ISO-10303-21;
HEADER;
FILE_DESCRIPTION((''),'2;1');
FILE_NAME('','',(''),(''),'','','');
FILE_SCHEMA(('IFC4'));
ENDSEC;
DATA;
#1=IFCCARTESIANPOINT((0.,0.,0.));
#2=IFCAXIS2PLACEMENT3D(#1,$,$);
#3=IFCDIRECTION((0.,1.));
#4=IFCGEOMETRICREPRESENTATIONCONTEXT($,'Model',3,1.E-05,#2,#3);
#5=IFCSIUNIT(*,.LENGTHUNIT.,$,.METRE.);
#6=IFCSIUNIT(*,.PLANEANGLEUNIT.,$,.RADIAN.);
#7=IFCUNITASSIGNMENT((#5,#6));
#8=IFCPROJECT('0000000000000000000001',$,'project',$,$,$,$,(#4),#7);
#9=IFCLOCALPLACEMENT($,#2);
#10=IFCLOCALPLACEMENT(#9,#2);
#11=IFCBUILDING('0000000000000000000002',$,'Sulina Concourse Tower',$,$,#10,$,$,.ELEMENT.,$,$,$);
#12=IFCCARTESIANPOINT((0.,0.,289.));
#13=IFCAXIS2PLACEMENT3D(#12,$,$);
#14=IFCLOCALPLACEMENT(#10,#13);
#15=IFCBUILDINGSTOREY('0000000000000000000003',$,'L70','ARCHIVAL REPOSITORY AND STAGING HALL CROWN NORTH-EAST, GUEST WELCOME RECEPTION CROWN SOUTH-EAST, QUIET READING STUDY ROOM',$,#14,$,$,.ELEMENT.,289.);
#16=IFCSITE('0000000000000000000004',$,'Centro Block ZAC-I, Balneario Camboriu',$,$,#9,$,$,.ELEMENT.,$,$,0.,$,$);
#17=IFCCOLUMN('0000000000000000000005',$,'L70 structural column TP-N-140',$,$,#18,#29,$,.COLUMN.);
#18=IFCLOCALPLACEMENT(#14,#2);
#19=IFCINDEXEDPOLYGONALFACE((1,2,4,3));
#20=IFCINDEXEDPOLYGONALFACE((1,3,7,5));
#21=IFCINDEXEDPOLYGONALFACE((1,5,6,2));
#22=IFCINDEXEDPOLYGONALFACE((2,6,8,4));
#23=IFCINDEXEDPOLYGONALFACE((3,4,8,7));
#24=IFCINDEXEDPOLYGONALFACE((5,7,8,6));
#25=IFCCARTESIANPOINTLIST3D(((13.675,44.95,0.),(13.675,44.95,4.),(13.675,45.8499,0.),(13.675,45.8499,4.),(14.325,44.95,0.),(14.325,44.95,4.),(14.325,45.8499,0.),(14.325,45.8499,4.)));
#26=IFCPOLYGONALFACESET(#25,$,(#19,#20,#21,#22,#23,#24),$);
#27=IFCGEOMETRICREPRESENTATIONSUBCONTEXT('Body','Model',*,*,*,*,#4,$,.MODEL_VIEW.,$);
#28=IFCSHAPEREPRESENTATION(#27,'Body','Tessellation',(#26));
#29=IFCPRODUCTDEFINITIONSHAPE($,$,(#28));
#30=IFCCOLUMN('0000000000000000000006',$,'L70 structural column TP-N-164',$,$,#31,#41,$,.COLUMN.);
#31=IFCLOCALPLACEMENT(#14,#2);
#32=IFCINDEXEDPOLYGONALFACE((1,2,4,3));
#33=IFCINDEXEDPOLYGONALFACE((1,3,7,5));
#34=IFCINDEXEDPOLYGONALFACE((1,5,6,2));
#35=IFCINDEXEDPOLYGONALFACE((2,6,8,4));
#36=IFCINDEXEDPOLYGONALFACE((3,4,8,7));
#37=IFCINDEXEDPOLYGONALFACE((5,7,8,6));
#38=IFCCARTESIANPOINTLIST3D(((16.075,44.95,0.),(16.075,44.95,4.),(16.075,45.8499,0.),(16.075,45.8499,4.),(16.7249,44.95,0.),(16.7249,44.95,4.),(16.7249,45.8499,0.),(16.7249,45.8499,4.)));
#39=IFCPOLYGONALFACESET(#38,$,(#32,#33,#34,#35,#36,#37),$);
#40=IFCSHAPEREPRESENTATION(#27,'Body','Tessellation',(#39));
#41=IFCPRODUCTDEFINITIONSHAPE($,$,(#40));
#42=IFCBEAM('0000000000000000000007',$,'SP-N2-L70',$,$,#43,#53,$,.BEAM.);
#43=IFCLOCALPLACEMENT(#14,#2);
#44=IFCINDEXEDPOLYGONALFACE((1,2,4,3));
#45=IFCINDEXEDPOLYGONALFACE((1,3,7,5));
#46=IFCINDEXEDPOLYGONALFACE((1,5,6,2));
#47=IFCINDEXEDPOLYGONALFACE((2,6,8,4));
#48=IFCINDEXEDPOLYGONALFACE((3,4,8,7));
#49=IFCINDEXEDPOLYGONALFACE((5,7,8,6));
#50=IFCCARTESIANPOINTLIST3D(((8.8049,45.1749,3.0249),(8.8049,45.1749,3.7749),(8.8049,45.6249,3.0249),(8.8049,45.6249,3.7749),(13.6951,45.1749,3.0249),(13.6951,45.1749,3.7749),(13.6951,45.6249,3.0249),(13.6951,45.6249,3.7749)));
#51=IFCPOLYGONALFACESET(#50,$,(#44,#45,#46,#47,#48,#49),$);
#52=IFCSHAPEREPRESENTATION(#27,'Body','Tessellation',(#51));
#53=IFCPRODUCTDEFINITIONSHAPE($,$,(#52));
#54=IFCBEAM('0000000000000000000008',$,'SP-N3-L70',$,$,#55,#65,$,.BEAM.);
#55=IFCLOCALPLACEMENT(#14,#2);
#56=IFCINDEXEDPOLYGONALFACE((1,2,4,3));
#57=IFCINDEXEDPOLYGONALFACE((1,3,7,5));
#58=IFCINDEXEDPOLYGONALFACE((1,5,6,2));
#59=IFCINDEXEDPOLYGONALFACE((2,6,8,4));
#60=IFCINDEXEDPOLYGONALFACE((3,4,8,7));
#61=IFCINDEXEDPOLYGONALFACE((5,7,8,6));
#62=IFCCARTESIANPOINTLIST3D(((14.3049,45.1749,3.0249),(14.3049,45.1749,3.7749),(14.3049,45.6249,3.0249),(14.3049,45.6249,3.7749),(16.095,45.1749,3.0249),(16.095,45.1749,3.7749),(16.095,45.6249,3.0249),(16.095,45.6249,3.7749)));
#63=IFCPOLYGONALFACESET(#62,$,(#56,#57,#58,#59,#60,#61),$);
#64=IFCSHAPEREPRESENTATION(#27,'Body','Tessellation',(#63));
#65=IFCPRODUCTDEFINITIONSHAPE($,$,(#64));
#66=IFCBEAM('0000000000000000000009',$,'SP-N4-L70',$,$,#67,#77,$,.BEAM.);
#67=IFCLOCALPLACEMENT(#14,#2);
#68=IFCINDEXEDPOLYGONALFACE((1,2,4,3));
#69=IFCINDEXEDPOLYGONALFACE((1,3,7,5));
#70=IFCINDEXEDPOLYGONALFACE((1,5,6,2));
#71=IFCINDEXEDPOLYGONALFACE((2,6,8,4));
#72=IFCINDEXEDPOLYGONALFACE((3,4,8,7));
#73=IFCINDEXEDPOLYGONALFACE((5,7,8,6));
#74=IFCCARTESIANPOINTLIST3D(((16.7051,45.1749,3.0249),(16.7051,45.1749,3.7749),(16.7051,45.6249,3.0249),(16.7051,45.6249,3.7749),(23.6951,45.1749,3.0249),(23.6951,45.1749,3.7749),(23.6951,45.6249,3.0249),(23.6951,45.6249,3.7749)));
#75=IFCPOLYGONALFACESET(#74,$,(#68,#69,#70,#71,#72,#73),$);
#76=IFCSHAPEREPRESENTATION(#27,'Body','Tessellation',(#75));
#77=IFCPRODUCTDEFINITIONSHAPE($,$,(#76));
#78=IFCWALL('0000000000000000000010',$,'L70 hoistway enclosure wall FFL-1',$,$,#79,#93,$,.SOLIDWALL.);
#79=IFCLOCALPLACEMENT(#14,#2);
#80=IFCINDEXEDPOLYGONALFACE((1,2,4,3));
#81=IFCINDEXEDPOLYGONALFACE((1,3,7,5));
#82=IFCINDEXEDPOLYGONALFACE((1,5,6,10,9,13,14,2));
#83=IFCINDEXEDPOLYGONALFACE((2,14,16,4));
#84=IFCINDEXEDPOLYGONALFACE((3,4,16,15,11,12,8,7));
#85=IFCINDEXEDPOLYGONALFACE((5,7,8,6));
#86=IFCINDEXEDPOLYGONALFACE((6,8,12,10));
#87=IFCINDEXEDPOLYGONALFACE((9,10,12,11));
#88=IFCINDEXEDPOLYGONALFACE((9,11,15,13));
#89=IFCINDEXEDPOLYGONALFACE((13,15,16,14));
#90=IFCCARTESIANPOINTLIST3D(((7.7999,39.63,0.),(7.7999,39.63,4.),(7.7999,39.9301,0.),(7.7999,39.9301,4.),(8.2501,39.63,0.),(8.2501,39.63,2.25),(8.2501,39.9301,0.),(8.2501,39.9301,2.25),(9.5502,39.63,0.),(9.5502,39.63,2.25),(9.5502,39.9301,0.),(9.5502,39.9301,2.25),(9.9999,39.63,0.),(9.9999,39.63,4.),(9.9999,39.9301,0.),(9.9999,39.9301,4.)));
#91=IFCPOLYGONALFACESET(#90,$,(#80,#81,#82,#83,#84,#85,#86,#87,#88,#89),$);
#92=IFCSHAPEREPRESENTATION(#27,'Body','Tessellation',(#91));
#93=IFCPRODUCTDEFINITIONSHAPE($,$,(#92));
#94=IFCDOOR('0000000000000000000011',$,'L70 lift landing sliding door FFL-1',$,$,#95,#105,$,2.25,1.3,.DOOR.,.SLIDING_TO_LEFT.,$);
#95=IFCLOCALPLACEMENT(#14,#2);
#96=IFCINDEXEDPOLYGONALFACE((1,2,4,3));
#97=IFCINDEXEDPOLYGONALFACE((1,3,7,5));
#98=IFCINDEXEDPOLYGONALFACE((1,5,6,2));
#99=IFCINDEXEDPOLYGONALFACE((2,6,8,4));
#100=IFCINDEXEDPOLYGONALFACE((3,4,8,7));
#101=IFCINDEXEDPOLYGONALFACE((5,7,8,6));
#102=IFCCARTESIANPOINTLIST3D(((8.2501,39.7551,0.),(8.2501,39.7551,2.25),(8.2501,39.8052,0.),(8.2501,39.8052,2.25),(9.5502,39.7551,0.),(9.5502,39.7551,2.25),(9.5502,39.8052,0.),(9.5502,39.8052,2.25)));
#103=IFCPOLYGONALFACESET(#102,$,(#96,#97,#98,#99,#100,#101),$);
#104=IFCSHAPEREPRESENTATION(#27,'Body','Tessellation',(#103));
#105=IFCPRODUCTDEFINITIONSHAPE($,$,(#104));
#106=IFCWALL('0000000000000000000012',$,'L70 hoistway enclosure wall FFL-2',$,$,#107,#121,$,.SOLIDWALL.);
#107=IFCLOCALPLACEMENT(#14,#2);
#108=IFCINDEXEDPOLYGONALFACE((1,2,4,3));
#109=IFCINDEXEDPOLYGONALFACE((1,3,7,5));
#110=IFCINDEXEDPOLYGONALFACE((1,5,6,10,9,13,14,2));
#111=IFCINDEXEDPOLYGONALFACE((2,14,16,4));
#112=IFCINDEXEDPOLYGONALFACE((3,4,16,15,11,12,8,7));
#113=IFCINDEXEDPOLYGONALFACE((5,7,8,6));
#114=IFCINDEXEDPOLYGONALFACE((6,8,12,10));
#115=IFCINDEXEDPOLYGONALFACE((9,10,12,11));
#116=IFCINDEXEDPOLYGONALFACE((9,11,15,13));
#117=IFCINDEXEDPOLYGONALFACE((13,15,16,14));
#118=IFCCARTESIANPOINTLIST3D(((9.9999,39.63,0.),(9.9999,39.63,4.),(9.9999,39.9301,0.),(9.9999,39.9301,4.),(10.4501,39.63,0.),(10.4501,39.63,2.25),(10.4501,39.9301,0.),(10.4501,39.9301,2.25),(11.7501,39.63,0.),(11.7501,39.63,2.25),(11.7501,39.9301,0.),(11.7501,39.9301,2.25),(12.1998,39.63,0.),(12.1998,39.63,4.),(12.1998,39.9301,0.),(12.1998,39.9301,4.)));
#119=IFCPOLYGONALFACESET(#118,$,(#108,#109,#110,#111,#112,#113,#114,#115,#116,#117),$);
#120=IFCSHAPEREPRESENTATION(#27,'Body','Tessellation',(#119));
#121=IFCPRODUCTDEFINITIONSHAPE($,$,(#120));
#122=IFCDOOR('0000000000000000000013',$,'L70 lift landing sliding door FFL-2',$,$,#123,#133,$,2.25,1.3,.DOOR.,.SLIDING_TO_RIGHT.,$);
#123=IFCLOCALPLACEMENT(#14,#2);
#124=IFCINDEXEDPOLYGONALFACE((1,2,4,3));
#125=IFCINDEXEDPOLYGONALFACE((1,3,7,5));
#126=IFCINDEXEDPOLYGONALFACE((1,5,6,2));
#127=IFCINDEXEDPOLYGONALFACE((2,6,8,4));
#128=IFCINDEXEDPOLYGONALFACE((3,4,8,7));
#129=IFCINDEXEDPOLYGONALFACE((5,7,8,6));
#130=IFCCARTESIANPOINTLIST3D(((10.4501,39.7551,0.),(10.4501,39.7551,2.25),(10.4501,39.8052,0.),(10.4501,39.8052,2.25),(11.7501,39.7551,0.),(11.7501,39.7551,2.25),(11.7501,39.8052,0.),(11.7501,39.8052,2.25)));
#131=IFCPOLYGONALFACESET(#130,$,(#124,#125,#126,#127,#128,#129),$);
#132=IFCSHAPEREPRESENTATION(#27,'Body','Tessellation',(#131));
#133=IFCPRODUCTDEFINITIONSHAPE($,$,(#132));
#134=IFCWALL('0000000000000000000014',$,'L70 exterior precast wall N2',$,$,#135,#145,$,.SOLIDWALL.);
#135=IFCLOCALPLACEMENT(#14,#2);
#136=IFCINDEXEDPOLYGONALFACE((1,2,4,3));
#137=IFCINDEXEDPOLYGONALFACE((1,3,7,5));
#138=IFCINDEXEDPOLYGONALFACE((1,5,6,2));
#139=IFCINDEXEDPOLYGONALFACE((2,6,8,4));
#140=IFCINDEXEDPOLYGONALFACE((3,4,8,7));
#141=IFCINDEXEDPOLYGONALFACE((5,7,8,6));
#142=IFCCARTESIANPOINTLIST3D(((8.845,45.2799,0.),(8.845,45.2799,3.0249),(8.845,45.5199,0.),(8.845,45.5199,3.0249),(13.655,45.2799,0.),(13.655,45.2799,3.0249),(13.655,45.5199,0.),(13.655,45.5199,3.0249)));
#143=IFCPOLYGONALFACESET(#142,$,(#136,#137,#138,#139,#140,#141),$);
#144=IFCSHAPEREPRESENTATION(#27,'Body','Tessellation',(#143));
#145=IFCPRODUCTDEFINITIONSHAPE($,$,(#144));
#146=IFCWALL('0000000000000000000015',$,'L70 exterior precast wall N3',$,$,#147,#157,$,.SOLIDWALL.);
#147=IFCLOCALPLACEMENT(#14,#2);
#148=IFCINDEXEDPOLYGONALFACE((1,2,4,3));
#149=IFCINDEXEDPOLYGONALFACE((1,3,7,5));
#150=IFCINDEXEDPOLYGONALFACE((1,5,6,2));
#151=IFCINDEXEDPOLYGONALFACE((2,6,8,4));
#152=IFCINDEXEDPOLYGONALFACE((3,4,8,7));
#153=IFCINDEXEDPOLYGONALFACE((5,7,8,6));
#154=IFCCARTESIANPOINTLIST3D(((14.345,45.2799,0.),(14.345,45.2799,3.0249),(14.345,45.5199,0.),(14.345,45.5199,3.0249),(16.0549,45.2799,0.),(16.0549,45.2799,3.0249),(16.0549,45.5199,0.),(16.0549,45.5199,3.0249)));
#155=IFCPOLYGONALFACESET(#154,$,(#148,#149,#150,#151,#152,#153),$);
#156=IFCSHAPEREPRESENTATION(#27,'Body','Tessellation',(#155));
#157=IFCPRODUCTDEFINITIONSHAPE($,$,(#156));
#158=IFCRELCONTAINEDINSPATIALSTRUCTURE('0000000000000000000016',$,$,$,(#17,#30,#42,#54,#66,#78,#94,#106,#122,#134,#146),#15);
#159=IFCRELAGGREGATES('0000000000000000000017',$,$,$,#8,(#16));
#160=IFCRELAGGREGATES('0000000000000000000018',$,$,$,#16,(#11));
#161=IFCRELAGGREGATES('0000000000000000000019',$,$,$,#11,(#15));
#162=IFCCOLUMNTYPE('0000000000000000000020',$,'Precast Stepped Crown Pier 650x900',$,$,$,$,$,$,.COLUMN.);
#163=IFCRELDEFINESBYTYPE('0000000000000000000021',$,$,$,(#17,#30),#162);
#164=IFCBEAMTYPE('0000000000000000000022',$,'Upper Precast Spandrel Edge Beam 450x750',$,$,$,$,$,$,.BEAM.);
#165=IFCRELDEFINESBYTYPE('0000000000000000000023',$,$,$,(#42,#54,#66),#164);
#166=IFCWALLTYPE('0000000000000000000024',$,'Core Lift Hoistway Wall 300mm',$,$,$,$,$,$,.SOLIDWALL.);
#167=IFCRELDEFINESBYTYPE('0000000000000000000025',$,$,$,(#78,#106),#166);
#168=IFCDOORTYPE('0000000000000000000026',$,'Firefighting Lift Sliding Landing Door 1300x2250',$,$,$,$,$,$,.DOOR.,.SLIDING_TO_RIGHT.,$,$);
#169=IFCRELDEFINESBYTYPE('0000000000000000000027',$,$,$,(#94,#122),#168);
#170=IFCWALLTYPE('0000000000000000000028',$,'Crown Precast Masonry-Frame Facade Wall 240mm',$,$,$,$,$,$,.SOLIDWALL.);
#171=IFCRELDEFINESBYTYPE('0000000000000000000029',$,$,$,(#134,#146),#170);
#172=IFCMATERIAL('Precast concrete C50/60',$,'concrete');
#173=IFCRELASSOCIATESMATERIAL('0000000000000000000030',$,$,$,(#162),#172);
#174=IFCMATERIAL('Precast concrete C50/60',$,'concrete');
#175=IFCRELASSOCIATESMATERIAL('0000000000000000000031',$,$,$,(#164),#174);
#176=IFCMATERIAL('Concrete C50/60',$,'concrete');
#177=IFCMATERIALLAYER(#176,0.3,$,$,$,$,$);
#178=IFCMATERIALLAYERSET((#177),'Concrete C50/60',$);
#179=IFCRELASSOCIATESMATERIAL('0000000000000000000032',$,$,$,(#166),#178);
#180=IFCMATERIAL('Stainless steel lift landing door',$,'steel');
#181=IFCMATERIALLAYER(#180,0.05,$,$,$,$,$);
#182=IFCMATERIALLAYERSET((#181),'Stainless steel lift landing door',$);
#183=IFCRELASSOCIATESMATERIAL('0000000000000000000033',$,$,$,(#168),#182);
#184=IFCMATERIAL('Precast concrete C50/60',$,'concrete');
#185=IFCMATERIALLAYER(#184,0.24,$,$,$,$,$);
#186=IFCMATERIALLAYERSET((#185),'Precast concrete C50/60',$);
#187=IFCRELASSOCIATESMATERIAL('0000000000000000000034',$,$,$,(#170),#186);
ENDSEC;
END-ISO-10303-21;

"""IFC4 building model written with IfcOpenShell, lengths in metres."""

from ifc_helpers import new_model, si_unit, direction, frame, frame_2d, origin, origin_2d, place, context, subcontext, project, spatial, rectangle, extrude, material, layer, layer_set, material_profile, profile_set, type_object, element, fill, save


model = new_model("IFC4")

# Units and contexts
model_context = context("Model", 3, precision=1e-05, world=origin(), true_north=direction((0.0, 1.0)))
body_context = subcontext(model_context, "Body", "Model", "MODEL_VIEW")
ifc_project = project(units=[si_unit("LENGTHUNIT", "METRE"), si_unit("PLANEANGLEUNIT", "RADIAN")], contexts=[model_context])

# Site, building, storey
site_placement = place(None, origin())
site = spatial("IfcSite", under=ifc_project, at=site_placement, Name="Centro Block ZAC-I, Balneario Camboriu", CompositionType="ELEMENT", RefElevation=0.0)
building_placement = place(site_placement, origin())
building = spatial("IfcBuilding", under=site, at=building_placement, Name="Sulina Concourse Tower", CompositionType="ELEMENT")
storey_placement = place(building_placement, frame((0.0, 0.0, 289.0)))
storey = spatial("IfcBuildingStorey", under=building, at=storey_placement, Name="L70", Description="ARCHIVAL REPOSITORY AND STAGING HALL CROWN NORTH-EAST, GUEST WELCOME RECEPTION CROWN SOUTH-EAST, QUIET READING STUDY ROOM", CompositionType="ELEMENT", Elevation=289.0)

# Columns
ifc_material_1 = material(Name="Precast concrete C50/60", Category="concrete")
ifc_material_profile_1 = material_profile(ifc_material_1, rectangle(XDim=0.6499, YDim=0.8999, at=origin_2d()), Name="PC 650x900")
ifc_profile_set_1 = profile_set([ifc_material_profile_1], Name="Precast concrete C50/60")
column_type = type_object("IfcColumnType", Name="Precast Stepped Crown Pier 650x900", PredefinedType="COLUMN", material=ifc_profile_set_1)
for number, where, z_axis, x_axis, name in (
    (1, (14.0, 45.3999, 0.0), (0.0, 0.0, 1.0), (1.0, 0.0, 0.0), "L70 structural column TP-N-140"),
    (2, (16.3999, 45.3999, 0.0), (0.0, 0.0, 1.0), (1.0, 0.0, 0.0), "L70 structural column TP-N-164"),
):
    element("IfcColumn", number, at=place(storey_placement, frame(where, z_axis=z_axis, x_axis=x_axis)), inside=storey, type_object=column_type, Name=name, PredefinedType="COLUMN", context=body_context, shape_type="SweptSolid", body=[
        extrude(rectangle(XDim=0.6499, YDim=0.8999, at=origin_2d()), origin(), (0.0, 0.0, 1.0), 4.0),
    ])

# Beams
ifc_material_2 = material(Name="Precast concrete C50/60", Category="concrete")
ifc_material_profile_2 = material_profile(ifc_material_2, rectangle(XDim=0.45, YDim=0.75, at=origin_2d()), Name="RC 450x750")
ifc_profile_set_2 = profile_set([ifc_material_profile_2], Name="Precast concrete C50/60")
beam_type = type_object("IfcBeamType", Name="Upper Precast Spandrel Edge Beam 450x750", PredefinedType="BEAM", material=ifc_profile_set_2)
beam_1_placement = place(storey_placement, frame((8.8049, 45.3999, 3.3999), z_axis=(1.0, 0.0, 0.0), x_axis=(0.0, 1.0, 0.0)))
element("IfcBeam", 3, at=beam_1_placement, inside=storey, type_object=beam_type, Name="SP-N2-L70", PredefinedType="BEAM", context=body_context, shape_type="SweptSolid", body=[
    extrude(rectangle(XDim=0.45, YDim=0.75, at=origin_2d()), origin(), (0.0, 0.0, 1.0), 4.8901),
])
beam_2_placement = place(storey_placement, frame((14.3049, 45.3999, 3.3999), z_axis=(1.0, 0.0, 0.0), x_axis=(0.0, 1.0, 0.0)))
element("IfcBeam", 4, at=beam_2_placement, inside=storey, type_object=beam_type, Name="SP-N3-L70", PredefinedType="BEAM", context=body_context, shape_type="SweptSolid", body=[
    extrude(rectangle(XDim=0.45, YDim=0.75, at=origin_2d()), origin(), (0.0, 0.0, 1.0), 1.79),
])
beam_3_placement = place(storey_placement, frame((16.7051, 45.3999, 3.3999), z_axis=(1.0, 0.0, 0.0), x_axis=(0.0, 1.0, 0.0)))
element("IfcBeam", 5, at=beam_3_placement, inside=storey, type_object=beam_type, Name="SP-N4-L70", PredefinedType="BEAM", context=body_context, shape_type="SweptSolid", body=[
    extrude(rectangle(XDim=0.45, YDim=0.75, at=origin_2d()), origin(), (0.0, 0.0, 1.0), 6.99),
])

# Walls, openings, doors
ifc_material_3 = material(Name="Concrete C50/60", Category="concrete")
ifc_layer_1 = layer(ifc_material_3, 0.3)
ifc_layer_set_1 = layer_set([ifc_layer_1], Name="Concrete C50/60")
wall_type_1 = type_object("IfcWallType", Name="Core Lift Hoistway Wall 300mm", PredefinedType="SOLIDWALL", material=ifc_layer_set_1)
wall_1_placement = place(storey_placement, frame((10.0, 39.78, 0.0), z_axis=(0.0, 0.0, 1.0), x_axis=(-1.0, 0.0, 0.0)))
wall_1 = element("IfcWall", 6, at=wall_1_placement, inside=storey, type_object=wall_type_1, Name="L70 hoistway enclosure wall FFL-1", PredefinedType="SOLIDWALL", context=body_context, shape_type="SweptSolid", body=[
    extrude(rectangle(XDim=2.2, YDim=0.3, at=frame_2d((1.1001, 0.0))), origin(), (0.0, 0.0, 1.0), 4.0),
])
opening_1_placement = place(wall_1_placement, frame((0.45, 0.0, 0.0)))
opening_1 = element("IfcOpeningElement", 7, at=opening_1_placement, cuts=wall_1, PredefinedType="OPENING", context=body_context, shape_type="SweptSolid", body=[
    extrude(rectangle(XDim=1.3, YDim=2.25, at=frame_2d((0.6499, 1.125))), frame((0.0, 0.1599, 0.0), z_axis=(0.0, -1.0, 0.0), x_axis=(1.0, 0.0, 0.0)), (0.0, 0.0, 1.0), 0.3201),
])
ifc_material_4 = material(Name="Stainless steel lift landing door", Category="steel")
ifc_layer_2 = layer(ifc_material_4, 0.05)
ifc_layer_set_2 = layer_set([ifc_layer_2], Name="Stainless steel lift landing door")
door_type = type_object("IfcDoorType", Name="Firefighting Lift Sliding Landing Door 1300x2250", OperationType="SLIDING_TO_RIGHT", PredefinedType="DOOR", material=ifc_layer_set_2)
door_1_placement = place(opening_1_placement, origin())
door_1 = element("IfcDoor", 8, at=door_1_placement, inside=storey, type_object=door_type, Name="L70 lift landing sliding door FFL-1", OperationType="SLIDING_TO_LEFT", OverallHeight=2.25, OverallWidth=1.3, PredefinedType="DOOR", context=body_context, shape_type="SweptSolid", body=[
    extrude(rectangle(XDim=1.3, YDim=2.25, at=frame_2d((0.6499, 1.125))), frame((0.0, 0.0249, 0.0), z_axis=(0.0, -1.0, 0.0), x_axis=(1.0, 0.0, 0.0)), (0.0, 0.0, 1.0), 0.05),
])
fill(opening_1, door_1)
wall_2_placement = place(storey_placement, frame((12.2, 39.78, 0.0), z_axis=(0.0, 0.0, 1.0), x_axis=(-1.0, 0.0, 0.0)))
wall_2 = element("IfcWall", 9, at=wall_2_placement, inside=storey, type_object=wall_type_1, Name="L70 hoistway enclosure wall FFL-2", PredefinedType="SOLIDWALL", context=body_context, shape_type="SweptSolid", body=[
    extrude(rectangle(XDim=2.2, YDim=0.3, at=frame_2d((1.1001, 0.0))), origin(), (0.0, 0.0, 1.0), 4.0),
])
opening_2_placement = place(wall_2_placement, frame((0.45, 0.0, 0.0)))
opening_2 = element("IfcOpeningElement", 10, at=opening_2_placement, cuts=wall_2, PredefinedType="OPENING", context=body_context, shape_type="SweptSolid", body=[
    extrude(rectangle(XDim=1.3, YDim=2.25, at=frame_2d((0.6499, 1.125))), frame((0.0, 0.1599, 0.0), z_axis=(0.0, -1.0, 0.0), x_axis=(1.0, 0.0, 0.0)), (0.0, 0.0, 1.0), 0.3201),
])
door_2_placement = place(opening_2_placement, origin())
door_2 = element("IfcDoor", 11, at=door_2_placement, inside=storey, type_object=door_type, Name="L70 lift landing sliding door FFL-2", OperationType="SLIDING_TO_RIGHT", OverallHeight=2.25, OverallWidth=1.3, PredefinedType="DOOR", context=body_context, shape_type="SweptSolid", body=[
    extrude(rectangle(XDim=1.3, YDim=2.25, at=frame_2d((0.6499, 1.125))), frame((0.0, 0.0249, 0.0), z_axis=(0.0, -1.0, 0.0), x_axis=(1.0, 0.0, 0.0)), (0.0, 0.0, 1.0), 0.05),
])
fill(opening_2, door_2)

# Walls
ifc_material_5 = material(Name="Precast concrete C50/60", Category="concrete")
ifc_layer_3 = layer(ifc_material_5, 0.24)
ifc_layer_set_3 = layer_set([ifc_layer_3], Name="Precast concrete C50/60")
wall_type_2 = type_object("IfcWallType", Name="Crown Precast Masonry-Frame Facade Wall 240mm", PredefinedType="SOLIDWALL", material=ifc_layer_set_3)
wall_3_placement = place(storey_placement, frame((8.845, 45.3999, 0.0), z_axis=(0.0, 0.0, 1.0), x_axis=(1.0, 0.0, 0.0)))
element("IfcWall", 12, at=wall_3_placement, inside=storey, type_object=wall_type_2, Name="L70 exterior precast wall N2", PredefinedType="SOLIDWALL", context=body_context, shape_type="SweptSolid", body=[
    extrude(rectangle(XDim=4.8101, YDim=0.24, at=frame_2d((2.405, 0.0))), origin(), (0.0, 0.0, 1.0), 3.0249),
])
wall_4_placement = place(storey_placement, frame((14.345, 45.3999, 0.0), z_axis=(0.0, 0.0, 1.0), x_axis=(1.0, 0.0, 0.0)))
element("IfcWall", 13, at=wall_4_placement, inside=storey, type_object=wall_type_2, Name="L70 exterior precast wall N3", PredefinedType="SOLIDWALL", context=body_context, shape_type="SweptSolid", body=[
    extrude(rectangle(XDim=1.71, YDim=0.24, at=frame_2d((0.855, 0.0))), origin(), (0.0, 0.0, 1.0), 3.0249),
])

save(model, "model.ifc")
